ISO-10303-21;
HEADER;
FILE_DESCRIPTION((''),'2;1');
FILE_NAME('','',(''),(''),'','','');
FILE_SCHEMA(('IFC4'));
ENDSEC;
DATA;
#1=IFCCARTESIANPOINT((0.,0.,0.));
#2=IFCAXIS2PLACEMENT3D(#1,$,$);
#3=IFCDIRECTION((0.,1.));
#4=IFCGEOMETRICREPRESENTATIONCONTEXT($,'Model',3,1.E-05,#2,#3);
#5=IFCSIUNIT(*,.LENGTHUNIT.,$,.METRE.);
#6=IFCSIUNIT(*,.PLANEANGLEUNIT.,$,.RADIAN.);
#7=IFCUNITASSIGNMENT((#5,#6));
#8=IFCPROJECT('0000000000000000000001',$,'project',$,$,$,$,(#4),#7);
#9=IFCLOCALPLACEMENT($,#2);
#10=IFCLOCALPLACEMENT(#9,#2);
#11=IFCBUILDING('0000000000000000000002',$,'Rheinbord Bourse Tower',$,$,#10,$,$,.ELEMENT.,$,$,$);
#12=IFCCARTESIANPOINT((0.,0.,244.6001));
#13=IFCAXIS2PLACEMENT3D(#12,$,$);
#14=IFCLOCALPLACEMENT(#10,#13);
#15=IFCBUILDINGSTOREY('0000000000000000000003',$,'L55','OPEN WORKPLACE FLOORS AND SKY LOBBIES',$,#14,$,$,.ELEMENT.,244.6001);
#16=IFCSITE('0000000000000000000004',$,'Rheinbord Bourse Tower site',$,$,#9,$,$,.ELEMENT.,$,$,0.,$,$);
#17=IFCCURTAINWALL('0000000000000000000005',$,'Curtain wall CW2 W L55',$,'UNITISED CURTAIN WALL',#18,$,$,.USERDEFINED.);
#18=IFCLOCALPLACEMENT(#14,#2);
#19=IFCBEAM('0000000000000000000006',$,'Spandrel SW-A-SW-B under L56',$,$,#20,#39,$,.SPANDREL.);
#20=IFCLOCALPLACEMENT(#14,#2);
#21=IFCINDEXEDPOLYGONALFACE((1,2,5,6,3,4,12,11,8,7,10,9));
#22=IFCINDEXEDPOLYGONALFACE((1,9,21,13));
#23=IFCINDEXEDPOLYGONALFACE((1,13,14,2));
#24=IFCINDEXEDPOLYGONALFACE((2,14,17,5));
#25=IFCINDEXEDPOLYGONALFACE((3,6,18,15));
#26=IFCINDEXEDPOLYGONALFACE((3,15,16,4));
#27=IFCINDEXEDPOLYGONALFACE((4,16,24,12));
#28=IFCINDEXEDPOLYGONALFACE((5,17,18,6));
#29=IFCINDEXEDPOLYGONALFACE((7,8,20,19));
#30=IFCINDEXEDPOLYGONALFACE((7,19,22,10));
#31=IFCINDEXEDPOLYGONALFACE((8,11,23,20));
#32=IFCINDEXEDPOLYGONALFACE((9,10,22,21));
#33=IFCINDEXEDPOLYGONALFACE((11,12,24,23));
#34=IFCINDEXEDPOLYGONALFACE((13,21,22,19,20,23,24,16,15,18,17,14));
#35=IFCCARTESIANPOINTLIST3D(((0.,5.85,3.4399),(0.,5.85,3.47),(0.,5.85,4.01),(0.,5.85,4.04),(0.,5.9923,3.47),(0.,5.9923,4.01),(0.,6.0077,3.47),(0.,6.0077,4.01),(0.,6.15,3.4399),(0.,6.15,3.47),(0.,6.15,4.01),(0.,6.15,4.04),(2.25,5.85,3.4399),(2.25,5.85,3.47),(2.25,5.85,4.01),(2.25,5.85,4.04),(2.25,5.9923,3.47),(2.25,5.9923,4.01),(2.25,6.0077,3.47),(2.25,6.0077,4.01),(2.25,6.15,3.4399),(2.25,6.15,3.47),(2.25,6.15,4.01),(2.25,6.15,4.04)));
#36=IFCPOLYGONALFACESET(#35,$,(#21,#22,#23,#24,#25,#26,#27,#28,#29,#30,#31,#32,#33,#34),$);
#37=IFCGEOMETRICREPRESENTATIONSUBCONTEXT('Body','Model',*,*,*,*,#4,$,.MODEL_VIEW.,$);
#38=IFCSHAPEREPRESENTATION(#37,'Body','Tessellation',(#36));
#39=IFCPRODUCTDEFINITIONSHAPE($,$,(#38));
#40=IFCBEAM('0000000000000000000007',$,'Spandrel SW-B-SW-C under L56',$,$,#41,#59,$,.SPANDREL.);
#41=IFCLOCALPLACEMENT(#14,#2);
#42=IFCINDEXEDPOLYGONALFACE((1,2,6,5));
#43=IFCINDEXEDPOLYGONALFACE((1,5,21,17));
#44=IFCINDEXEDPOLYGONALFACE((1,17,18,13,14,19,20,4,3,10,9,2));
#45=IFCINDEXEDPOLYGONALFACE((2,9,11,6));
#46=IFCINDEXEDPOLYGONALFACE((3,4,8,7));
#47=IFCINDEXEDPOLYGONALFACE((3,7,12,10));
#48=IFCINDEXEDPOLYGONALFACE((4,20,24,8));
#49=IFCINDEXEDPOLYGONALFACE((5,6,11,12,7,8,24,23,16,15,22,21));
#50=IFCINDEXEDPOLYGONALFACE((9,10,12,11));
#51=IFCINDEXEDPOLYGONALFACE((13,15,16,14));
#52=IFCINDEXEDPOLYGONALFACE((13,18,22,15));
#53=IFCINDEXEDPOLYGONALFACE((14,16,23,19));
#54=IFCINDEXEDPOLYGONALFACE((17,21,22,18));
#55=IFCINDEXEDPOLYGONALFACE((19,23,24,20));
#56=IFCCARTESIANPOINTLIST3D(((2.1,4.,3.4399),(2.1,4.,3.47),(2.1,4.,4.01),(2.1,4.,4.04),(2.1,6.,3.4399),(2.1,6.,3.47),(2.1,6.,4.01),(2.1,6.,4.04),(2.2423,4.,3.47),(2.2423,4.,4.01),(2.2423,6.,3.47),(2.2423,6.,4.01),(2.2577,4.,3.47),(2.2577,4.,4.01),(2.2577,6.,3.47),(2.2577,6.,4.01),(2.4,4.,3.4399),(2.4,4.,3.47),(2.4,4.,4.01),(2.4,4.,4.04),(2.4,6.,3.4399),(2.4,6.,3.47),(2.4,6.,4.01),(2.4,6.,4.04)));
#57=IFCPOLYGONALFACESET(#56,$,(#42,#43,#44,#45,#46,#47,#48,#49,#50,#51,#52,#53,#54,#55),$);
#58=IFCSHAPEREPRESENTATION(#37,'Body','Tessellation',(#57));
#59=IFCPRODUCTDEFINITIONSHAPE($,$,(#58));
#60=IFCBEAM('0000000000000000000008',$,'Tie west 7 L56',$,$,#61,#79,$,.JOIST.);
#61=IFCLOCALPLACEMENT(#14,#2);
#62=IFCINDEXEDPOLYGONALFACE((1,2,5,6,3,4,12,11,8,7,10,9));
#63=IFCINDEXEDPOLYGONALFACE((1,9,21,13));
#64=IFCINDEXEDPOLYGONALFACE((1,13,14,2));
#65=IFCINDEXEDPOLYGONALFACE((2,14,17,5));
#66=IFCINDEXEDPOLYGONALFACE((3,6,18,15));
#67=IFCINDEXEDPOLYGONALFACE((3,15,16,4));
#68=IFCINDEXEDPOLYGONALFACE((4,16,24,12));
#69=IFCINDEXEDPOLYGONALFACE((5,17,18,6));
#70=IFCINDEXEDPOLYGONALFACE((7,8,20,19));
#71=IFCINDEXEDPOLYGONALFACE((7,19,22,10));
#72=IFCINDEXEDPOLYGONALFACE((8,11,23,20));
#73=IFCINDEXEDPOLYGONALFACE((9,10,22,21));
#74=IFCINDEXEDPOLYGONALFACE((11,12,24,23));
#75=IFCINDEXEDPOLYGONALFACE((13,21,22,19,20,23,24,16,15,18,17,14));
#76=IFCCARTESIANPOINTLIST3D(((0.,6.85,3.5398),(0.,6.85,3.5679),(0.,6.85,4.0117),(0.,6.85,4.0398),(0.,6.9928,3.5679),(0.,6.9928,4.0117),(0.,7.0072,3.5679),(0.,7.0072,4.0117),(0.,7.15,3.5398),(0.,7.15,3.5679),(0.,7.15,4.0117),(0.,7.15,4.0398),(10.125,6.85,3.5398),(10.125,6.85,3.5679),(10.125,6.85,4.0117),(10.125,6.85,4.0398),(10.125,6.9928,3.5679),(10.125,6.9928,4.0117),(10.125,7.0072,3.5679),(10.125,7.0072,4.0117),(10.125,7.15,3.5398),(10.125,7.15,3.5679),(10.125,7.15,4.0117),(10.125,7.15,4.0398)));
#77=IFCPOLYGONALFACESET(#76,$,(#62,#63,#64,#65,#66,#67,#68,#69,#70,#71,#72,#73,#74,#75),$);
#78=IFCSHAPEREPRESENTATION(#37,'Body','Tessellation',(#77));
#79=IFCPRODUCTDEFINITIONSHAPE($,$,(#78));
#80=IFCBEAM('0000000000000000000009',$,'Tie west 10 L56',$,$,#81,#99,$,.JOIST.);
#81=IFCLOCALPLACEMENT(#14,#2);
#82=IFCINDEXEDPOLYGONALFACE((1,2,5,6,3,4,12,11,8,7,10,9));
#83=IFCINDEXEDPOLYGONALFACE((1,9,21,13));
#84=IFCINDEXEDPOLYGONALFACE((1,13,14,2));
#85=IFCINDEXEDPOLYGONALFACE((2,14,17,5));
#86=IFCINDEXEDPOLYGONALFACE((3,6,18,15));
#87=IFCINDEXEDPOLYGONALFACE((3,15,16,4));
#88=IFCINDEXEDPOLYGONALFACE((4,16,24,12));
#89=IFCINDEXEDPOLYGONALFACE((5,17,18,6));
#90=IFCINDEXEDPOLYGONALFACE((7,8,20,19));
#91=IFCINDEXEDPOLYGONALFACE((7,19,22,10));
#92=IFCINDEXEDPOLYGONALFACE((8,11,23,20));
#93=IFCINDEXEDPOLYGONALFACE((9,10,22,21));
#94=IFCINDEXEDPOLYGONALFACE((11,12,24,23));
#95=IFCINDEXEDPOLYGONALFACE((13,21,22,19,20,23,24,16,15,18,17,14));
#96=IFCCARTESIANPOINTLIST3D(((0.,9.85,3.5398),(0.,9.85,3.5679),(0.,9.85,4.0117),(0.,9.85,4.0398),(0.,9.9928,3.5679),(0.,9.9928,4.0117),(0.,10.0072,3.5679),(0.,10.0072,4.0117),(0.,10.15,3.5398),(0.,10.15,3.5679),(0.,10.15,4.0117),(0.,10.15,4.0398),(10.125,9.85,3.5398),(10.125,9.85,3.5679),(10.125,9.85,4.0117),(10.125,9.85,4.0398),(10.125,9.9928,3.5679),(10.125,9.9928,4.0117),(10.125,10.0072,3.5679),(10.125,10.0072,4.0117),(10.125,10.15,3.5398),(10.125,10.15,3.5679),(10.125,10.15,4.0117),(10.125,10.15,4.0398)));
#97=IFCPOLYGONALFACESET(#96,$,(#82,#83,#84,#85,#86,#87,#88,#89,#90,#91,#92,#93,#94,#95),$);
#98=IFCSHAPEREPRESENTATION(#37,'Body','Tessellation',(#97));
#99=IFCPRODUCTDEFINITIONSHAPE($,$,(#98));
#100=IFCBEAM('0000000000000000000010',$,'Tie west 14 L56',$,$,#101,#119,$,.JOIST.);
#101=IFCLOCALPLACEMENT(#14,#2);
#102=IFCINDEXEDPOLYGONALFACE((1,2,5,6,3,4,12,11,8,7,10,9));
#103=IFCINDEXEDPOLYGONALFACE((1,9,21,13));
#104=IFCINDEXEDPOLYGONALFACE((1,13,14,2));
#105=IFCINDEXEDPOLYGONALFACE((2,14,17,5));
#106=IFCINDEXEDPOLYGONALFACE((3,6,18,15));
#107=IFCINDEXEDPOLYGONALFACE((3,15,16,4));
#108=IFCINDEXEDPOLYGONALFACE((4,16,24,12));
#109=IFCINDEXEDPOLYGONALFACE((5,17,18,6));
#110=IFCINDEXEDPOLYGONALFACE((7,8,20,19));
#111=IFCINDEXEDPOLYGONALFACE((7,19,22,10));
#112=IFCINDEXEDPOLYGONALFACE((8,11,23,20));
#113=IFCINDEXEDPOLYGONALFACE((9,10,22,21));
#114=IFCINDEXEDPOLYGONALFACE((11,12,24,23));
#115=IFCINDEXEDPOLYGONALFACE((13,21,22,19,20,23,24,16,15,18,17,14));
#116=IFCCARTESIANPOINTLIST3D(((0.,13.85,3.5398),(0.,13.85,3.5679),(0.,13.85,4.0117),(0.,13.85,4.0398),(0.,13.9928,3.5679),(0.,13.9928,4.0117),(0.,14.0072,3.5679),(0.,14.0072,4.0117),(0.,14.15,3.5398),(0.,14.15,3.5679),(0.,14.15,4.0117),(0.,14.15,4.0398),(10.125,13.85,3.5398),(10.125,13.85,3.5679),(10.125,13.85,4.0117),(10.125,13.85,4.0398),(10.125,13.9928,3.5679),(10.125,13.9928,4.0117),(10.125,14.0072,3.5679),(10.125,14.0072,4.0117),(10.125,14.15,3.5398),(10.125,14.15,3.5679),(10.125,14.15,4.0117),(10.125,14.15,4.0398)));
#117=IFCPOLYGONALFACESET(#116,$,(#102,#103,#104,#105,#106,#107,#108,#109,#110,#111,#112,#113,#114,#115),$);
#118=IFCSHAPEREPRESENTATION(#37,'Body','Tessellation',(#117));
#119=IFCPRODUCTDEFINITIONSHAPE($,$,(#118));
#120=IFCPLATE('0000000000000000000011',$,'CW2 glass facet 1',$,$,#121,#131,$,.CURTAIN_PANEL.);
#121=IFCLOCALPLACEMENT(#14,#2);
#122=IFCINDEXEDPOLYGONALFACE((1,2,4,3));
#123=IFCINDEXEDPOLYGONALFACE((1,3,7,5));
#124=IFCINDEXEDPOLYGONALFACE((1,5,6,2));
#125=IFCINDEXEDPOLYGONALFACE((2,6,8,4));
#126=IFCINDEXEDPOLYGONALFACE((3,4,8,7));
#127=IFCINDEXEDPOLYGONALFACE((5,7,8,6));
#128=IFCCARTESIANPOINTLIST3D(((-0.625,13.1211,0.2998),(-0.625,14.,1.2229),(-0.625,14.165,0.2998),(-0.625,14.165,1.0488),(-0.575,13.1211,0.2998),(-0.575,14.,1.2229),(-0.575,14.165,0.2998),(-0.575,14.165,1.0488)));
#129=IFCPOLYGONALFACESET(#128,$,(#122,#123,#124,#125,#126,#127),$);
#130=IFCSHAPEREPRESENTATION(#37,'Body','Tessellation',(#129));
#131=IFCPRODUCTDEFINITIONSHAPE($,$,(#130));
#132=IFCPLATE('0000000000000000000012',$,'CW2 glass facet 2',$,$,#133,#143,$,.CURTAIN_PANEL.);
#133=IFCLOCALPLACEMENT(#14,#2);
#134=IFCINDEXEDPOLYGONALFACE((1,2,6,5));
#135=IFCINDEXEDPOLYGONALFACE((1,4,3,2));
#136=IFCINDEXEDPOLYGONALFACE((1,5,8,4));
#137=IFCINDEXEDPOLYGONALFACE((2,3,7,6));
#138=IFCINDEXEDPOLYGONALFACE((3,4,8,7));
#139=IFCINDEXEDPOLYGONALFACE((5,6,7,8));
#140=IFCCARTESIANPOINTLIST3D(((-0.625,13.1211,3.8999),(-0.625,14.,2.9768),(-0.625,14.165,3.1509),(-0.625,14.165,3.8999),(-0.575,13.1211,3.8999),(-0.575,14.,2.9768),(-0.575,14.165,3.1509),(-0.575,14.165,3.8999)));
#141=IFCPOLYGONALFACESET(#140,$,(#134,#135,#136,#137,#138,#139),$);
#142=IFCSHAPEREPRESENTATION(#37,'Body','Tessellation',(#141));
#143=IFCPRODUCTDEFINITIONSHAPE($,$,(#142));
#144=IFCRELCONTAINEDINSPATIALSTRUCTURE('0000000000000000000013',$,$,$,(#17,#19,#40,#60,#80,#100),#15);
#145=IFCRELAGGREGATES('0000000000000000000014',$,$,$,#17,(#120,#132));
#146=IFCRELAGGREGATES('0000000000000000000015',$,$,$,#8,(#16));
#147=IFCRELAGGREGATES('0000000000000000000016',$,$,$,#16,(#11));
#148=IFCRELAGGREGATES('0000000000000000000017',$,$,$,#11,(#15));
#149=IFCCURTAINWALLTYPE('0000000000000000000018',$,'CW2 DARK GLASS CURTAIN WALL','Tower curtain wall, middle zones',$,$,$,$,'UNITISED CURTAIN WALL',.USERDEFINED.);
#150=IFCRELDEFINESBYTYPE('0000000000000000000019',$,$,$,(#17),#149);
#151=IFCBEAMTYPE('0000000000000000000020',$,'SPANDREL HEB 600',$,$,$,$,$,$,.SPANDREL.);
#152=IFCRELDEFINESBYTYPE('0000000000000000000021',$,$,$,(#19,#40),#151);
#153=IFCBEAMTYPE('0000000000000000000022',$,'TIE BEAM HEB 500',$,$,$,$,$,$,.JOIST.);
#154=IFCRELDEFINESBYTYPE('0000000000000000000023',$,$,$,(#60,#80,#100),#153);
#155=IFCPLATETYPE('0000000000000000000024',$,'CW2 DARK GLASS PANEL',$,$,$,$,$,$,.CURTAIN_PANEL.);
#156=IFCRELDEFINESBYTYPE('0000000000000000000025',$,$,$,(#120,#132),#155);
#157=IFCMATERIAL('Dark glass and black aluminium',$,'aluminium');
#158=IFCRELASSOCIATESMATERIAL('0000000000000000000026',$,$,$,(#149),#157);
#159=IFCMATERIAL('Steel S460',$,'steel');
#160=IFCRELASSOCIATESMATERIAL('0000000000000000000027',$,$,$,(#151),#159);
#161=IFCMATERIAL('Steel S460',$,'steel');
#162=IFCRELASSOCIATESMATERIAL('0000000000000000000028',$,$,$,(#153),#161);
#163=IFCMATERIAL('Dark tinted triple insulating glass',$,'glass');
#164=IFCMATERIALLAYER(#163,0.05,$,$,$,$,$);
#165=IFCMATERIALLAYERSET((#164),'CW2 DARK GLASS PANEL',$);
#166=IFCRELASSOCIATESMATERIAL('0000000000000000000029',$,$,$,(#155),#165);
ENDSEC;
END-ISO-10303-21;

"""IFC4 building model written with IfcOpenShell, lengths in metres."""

from ifc_helpers import new_model, si_unit, direction, frame, origin, origin_2d, place, context, subcontext, project, spatial, polyline, i_section, outline, extrude, material, layer, layer_set, material_profile, profile_set, type_object, element, aggregate, save


model = new_model("IFC4")

# Units and contexts
model_context = context("Model", 3, precision=1e-05, world=origin(), true_north=direction((0.0, 1.0)))
body_context = subcontext(model_context, "Body", "Model", "MODEL_VIEW")
ifc_project = project(units=[si_unit("LENGTHUNIT", "METRE"), si_unit("PLANEANGLEUNIT", "RADIAN")], contexts=[model_context])

# Site, building, storey
site_placement = place(None, origin())
site = spatial("IfcSite", under=ifc_project, at=site_placement, Name="Rheinbord Bourse Tower site", CompositionType="ELEMENT", RefElevation=0.0)
building_placement = place(site_placement, origin())
building = spatial("IfcBuilding", under=site, at=building_placement, Name="Rheinbord Bourse Tower", CompositionType="ELEMENT")
storey_placement = place(building_placement, frame((0.0, 0.0, 244.6001)))
storey = spatial("IfcBuildingStorey", under=building, at=storey_placement, Name="L55", Description="OPEN WORKPLACE FLOORS AND SKY LOBBIES", CompositionType="ELEMENT", Elevation=244.6001)

# Curtain wall
ifc_material_1 = material(Name="Dark glass and black aluminium", Category="aluminium")
curtain_wall_type = type_object("IfcCurtainWallType", Name="CW2 DARK GLASS CURTAIN WALL", Description="Tower curtain wall, middle zones", ElementType="UNITISED CURTAIN WALL", PredefinedType="USERDEFINED", material=ifc_material_1)
curtain_wall_placement = place(storey_placement, origin())
curtain_wall = element("IfcCurtainWall", 1, at=curtain_wall_placement, inside=storey, type_object=curtain_wall_type, Name="Curtain wall CW2 W L55", ObjectType="UNITISED CURTAIN WALL", PredefinedType="USERDEFINED")

# Beams
ifc_material_2 = material(Name="Steel S460", Category="steel")
ifc_material_profile_1 = material_profile(ifc_material_2, i_section(OverallWidth=0.3, OverallDepth=0.6001, WebThickness=0.0154, FlangeThickness=0.03, at=origin_2d()), Name="HEB 600")
ifc_profile_set_1 = profile_set([ifc_material_profile_1], Name="Steel S460")
beam_type_1 = type_object("IfcBeamType", Name="SPANDREL HEB 600", PredefinedType="SPANDREL", material=ifc_profile_set_1)
beam_1_placement = place(storey_placement, frame((0.0, 6.0, 3.74), z_axis=(1.0, 0.0, 0.0), x_axis=(0.0, 1.0, 0.0)))
element("IfcBeam", 2, at=beam_1_placement, inside=storey, type_object=beam_type_1, Name="Spandrel SW-A-SW-B under L56", PredefinedType="SPANDREL", context=body_context, shape_type="SweptSolid", body=[
    extrude(i_section(OverallWidth=0.3, OverallDepth=0.6001, WebThickness=0.0154, FlangeThickness=0.03, at=origin_2d()), origin(), (0.0, 0.0, 1.0), 2.25),
])
beam_2_placement = place(storey_placement, frame((2.25, 6.0, 3.74), z_axis=(0.0, -1.0, 0.0), x_axis=(1.0, 0.0, 0.0)))
element("IfcBeam", 3, at=beam_2_placement, inside=storey, type_object=beam_type_1, Name="Spandrel SW-B-SW-C under L56", PredefinedType="SPANDREL", context=body_context, shape_type="SweptSolid", body=[
    extrude(i_section(OverallWidth=0.3, OverallDepth=0.6001, WebThickness=0.0154, FlangeThickness=0.03, at=origin_2d()), origin(), (0.0, 0.0, 1.0), 2.0),
])
ifc_material_3 = material(Name="Steel S460", Category="steel")
ifc_material_profile_2 = material_profile(ifc_material_3, i_section(OverallWidth=0.3, OverallDepth=0.5, WebThickness=0.0144, FlangeThickness=0.0281, at=origin_2d()), Name="HEB 500")
ifc_profile_set_2 = profile_set([ifc_material_profile_2], Name="Steel S460")
beam_type_2 = type_object("IfcBeamType", Name="TIE BEAM HEB 500", PredefinedType="JOIST", material=ifc_profile_set_2)
for number, where, z_axis, x_axis, name in (
    (4, (0.0, 7.0, 3.7898), (1.0, 0.0, 0.0), (0.0, 1.0, 0.0), "Tie west 7 L56"),
    (5, (0.0, 10.0, 3.7898), (1.0, 0.0, 0.0), (0.0, 1.0, 0.0), "Tie west 10 L56"),
    (6, (0.0, 14.0, 3.7898), (1.0, 0.0, 0.0), (0.0, 1.0, 0.0), "Tie west 14 L56"),
):
    element("IfcBeam", number, at=place(storey_placement, frame(where, z_axis=z_axis, x_axis=x_axis)), inside=storey, type_object=beam_type_2, Name=name, PredefinedType="JOIST", context=body_context, shape_type="SweptSolid", body=[
        extrude(i_section(OverallWidth=0.3, OverallDepth=0.5, WebThickness=0.0144, FlangeThickness=0.0281, at=origin_2d()), origin(), (0.0, 0.0, 1.0), 10.125),
    ])

# Plates
ifc_material_4 = material(Name="Dark tinted triple insulating glass", Category="glass")
ifc_layer_1 = layer(ifc_material_4, 0.05)
ifc_layer_set_1 = layer_set([ifc_layer_1], Name="CW2 DARK GLASS PANEL")
plate_type = type_object("IfcPlateType", Name="CW2 DARK GLASS PANEL", PredefinedType="CURTAIN_PANEL", material=ifc_layer_set_1)
plate_1_placement = place(storey_placement, frame((-0.625, 14.165, 0.2998), z_axis=(1.0, 0.0, 0.0), x_axis=(0.0, 0.0, 1.0)))
plate_1 = element("IfcPlate", 7, at=plate_1_placement, type_object=plate_type, Name="CW2 glass facet 1", PredefinedType="CURTAIN_PANEL", context=body_context, shape_type="SweptSolid", body=[
    extrude(outline(polyline([(0.0, 0.0), (0.749, 0.0), (0.9231, 0.165), (0.0, 1.0439), (0.0, 0.0)])), origin(), (0.0, 0.0, 1.0), 0.05),
])
plate_2_placement = place(storey_placement, frame((-0.625, 14.165, 3.8999), z_axis=(1.0, 0.0, 0.0), x_axis=(0.0, -1.0, 0.0)))
plate_2 = element("IfcPlate", 8, at=plate_2_placement, type_object=plate_type, Name="CW2 glass facet 2", PredefinedType="CURTAIN_PANEL", context=body_context, shape_type="SweptSolid", body=[
    extrude(outline(polyline([(0.0, 0.0), (1.0439, 0.0), (0.165, 0.9231), (0.0, 0.749), (0.0, 0.0)])), origin(), (0.0, 0.0, 1.0), 0.05),
])
aggregate(curtain_wall, [plate_1, plate_2])

save(model, "model.ifc")
